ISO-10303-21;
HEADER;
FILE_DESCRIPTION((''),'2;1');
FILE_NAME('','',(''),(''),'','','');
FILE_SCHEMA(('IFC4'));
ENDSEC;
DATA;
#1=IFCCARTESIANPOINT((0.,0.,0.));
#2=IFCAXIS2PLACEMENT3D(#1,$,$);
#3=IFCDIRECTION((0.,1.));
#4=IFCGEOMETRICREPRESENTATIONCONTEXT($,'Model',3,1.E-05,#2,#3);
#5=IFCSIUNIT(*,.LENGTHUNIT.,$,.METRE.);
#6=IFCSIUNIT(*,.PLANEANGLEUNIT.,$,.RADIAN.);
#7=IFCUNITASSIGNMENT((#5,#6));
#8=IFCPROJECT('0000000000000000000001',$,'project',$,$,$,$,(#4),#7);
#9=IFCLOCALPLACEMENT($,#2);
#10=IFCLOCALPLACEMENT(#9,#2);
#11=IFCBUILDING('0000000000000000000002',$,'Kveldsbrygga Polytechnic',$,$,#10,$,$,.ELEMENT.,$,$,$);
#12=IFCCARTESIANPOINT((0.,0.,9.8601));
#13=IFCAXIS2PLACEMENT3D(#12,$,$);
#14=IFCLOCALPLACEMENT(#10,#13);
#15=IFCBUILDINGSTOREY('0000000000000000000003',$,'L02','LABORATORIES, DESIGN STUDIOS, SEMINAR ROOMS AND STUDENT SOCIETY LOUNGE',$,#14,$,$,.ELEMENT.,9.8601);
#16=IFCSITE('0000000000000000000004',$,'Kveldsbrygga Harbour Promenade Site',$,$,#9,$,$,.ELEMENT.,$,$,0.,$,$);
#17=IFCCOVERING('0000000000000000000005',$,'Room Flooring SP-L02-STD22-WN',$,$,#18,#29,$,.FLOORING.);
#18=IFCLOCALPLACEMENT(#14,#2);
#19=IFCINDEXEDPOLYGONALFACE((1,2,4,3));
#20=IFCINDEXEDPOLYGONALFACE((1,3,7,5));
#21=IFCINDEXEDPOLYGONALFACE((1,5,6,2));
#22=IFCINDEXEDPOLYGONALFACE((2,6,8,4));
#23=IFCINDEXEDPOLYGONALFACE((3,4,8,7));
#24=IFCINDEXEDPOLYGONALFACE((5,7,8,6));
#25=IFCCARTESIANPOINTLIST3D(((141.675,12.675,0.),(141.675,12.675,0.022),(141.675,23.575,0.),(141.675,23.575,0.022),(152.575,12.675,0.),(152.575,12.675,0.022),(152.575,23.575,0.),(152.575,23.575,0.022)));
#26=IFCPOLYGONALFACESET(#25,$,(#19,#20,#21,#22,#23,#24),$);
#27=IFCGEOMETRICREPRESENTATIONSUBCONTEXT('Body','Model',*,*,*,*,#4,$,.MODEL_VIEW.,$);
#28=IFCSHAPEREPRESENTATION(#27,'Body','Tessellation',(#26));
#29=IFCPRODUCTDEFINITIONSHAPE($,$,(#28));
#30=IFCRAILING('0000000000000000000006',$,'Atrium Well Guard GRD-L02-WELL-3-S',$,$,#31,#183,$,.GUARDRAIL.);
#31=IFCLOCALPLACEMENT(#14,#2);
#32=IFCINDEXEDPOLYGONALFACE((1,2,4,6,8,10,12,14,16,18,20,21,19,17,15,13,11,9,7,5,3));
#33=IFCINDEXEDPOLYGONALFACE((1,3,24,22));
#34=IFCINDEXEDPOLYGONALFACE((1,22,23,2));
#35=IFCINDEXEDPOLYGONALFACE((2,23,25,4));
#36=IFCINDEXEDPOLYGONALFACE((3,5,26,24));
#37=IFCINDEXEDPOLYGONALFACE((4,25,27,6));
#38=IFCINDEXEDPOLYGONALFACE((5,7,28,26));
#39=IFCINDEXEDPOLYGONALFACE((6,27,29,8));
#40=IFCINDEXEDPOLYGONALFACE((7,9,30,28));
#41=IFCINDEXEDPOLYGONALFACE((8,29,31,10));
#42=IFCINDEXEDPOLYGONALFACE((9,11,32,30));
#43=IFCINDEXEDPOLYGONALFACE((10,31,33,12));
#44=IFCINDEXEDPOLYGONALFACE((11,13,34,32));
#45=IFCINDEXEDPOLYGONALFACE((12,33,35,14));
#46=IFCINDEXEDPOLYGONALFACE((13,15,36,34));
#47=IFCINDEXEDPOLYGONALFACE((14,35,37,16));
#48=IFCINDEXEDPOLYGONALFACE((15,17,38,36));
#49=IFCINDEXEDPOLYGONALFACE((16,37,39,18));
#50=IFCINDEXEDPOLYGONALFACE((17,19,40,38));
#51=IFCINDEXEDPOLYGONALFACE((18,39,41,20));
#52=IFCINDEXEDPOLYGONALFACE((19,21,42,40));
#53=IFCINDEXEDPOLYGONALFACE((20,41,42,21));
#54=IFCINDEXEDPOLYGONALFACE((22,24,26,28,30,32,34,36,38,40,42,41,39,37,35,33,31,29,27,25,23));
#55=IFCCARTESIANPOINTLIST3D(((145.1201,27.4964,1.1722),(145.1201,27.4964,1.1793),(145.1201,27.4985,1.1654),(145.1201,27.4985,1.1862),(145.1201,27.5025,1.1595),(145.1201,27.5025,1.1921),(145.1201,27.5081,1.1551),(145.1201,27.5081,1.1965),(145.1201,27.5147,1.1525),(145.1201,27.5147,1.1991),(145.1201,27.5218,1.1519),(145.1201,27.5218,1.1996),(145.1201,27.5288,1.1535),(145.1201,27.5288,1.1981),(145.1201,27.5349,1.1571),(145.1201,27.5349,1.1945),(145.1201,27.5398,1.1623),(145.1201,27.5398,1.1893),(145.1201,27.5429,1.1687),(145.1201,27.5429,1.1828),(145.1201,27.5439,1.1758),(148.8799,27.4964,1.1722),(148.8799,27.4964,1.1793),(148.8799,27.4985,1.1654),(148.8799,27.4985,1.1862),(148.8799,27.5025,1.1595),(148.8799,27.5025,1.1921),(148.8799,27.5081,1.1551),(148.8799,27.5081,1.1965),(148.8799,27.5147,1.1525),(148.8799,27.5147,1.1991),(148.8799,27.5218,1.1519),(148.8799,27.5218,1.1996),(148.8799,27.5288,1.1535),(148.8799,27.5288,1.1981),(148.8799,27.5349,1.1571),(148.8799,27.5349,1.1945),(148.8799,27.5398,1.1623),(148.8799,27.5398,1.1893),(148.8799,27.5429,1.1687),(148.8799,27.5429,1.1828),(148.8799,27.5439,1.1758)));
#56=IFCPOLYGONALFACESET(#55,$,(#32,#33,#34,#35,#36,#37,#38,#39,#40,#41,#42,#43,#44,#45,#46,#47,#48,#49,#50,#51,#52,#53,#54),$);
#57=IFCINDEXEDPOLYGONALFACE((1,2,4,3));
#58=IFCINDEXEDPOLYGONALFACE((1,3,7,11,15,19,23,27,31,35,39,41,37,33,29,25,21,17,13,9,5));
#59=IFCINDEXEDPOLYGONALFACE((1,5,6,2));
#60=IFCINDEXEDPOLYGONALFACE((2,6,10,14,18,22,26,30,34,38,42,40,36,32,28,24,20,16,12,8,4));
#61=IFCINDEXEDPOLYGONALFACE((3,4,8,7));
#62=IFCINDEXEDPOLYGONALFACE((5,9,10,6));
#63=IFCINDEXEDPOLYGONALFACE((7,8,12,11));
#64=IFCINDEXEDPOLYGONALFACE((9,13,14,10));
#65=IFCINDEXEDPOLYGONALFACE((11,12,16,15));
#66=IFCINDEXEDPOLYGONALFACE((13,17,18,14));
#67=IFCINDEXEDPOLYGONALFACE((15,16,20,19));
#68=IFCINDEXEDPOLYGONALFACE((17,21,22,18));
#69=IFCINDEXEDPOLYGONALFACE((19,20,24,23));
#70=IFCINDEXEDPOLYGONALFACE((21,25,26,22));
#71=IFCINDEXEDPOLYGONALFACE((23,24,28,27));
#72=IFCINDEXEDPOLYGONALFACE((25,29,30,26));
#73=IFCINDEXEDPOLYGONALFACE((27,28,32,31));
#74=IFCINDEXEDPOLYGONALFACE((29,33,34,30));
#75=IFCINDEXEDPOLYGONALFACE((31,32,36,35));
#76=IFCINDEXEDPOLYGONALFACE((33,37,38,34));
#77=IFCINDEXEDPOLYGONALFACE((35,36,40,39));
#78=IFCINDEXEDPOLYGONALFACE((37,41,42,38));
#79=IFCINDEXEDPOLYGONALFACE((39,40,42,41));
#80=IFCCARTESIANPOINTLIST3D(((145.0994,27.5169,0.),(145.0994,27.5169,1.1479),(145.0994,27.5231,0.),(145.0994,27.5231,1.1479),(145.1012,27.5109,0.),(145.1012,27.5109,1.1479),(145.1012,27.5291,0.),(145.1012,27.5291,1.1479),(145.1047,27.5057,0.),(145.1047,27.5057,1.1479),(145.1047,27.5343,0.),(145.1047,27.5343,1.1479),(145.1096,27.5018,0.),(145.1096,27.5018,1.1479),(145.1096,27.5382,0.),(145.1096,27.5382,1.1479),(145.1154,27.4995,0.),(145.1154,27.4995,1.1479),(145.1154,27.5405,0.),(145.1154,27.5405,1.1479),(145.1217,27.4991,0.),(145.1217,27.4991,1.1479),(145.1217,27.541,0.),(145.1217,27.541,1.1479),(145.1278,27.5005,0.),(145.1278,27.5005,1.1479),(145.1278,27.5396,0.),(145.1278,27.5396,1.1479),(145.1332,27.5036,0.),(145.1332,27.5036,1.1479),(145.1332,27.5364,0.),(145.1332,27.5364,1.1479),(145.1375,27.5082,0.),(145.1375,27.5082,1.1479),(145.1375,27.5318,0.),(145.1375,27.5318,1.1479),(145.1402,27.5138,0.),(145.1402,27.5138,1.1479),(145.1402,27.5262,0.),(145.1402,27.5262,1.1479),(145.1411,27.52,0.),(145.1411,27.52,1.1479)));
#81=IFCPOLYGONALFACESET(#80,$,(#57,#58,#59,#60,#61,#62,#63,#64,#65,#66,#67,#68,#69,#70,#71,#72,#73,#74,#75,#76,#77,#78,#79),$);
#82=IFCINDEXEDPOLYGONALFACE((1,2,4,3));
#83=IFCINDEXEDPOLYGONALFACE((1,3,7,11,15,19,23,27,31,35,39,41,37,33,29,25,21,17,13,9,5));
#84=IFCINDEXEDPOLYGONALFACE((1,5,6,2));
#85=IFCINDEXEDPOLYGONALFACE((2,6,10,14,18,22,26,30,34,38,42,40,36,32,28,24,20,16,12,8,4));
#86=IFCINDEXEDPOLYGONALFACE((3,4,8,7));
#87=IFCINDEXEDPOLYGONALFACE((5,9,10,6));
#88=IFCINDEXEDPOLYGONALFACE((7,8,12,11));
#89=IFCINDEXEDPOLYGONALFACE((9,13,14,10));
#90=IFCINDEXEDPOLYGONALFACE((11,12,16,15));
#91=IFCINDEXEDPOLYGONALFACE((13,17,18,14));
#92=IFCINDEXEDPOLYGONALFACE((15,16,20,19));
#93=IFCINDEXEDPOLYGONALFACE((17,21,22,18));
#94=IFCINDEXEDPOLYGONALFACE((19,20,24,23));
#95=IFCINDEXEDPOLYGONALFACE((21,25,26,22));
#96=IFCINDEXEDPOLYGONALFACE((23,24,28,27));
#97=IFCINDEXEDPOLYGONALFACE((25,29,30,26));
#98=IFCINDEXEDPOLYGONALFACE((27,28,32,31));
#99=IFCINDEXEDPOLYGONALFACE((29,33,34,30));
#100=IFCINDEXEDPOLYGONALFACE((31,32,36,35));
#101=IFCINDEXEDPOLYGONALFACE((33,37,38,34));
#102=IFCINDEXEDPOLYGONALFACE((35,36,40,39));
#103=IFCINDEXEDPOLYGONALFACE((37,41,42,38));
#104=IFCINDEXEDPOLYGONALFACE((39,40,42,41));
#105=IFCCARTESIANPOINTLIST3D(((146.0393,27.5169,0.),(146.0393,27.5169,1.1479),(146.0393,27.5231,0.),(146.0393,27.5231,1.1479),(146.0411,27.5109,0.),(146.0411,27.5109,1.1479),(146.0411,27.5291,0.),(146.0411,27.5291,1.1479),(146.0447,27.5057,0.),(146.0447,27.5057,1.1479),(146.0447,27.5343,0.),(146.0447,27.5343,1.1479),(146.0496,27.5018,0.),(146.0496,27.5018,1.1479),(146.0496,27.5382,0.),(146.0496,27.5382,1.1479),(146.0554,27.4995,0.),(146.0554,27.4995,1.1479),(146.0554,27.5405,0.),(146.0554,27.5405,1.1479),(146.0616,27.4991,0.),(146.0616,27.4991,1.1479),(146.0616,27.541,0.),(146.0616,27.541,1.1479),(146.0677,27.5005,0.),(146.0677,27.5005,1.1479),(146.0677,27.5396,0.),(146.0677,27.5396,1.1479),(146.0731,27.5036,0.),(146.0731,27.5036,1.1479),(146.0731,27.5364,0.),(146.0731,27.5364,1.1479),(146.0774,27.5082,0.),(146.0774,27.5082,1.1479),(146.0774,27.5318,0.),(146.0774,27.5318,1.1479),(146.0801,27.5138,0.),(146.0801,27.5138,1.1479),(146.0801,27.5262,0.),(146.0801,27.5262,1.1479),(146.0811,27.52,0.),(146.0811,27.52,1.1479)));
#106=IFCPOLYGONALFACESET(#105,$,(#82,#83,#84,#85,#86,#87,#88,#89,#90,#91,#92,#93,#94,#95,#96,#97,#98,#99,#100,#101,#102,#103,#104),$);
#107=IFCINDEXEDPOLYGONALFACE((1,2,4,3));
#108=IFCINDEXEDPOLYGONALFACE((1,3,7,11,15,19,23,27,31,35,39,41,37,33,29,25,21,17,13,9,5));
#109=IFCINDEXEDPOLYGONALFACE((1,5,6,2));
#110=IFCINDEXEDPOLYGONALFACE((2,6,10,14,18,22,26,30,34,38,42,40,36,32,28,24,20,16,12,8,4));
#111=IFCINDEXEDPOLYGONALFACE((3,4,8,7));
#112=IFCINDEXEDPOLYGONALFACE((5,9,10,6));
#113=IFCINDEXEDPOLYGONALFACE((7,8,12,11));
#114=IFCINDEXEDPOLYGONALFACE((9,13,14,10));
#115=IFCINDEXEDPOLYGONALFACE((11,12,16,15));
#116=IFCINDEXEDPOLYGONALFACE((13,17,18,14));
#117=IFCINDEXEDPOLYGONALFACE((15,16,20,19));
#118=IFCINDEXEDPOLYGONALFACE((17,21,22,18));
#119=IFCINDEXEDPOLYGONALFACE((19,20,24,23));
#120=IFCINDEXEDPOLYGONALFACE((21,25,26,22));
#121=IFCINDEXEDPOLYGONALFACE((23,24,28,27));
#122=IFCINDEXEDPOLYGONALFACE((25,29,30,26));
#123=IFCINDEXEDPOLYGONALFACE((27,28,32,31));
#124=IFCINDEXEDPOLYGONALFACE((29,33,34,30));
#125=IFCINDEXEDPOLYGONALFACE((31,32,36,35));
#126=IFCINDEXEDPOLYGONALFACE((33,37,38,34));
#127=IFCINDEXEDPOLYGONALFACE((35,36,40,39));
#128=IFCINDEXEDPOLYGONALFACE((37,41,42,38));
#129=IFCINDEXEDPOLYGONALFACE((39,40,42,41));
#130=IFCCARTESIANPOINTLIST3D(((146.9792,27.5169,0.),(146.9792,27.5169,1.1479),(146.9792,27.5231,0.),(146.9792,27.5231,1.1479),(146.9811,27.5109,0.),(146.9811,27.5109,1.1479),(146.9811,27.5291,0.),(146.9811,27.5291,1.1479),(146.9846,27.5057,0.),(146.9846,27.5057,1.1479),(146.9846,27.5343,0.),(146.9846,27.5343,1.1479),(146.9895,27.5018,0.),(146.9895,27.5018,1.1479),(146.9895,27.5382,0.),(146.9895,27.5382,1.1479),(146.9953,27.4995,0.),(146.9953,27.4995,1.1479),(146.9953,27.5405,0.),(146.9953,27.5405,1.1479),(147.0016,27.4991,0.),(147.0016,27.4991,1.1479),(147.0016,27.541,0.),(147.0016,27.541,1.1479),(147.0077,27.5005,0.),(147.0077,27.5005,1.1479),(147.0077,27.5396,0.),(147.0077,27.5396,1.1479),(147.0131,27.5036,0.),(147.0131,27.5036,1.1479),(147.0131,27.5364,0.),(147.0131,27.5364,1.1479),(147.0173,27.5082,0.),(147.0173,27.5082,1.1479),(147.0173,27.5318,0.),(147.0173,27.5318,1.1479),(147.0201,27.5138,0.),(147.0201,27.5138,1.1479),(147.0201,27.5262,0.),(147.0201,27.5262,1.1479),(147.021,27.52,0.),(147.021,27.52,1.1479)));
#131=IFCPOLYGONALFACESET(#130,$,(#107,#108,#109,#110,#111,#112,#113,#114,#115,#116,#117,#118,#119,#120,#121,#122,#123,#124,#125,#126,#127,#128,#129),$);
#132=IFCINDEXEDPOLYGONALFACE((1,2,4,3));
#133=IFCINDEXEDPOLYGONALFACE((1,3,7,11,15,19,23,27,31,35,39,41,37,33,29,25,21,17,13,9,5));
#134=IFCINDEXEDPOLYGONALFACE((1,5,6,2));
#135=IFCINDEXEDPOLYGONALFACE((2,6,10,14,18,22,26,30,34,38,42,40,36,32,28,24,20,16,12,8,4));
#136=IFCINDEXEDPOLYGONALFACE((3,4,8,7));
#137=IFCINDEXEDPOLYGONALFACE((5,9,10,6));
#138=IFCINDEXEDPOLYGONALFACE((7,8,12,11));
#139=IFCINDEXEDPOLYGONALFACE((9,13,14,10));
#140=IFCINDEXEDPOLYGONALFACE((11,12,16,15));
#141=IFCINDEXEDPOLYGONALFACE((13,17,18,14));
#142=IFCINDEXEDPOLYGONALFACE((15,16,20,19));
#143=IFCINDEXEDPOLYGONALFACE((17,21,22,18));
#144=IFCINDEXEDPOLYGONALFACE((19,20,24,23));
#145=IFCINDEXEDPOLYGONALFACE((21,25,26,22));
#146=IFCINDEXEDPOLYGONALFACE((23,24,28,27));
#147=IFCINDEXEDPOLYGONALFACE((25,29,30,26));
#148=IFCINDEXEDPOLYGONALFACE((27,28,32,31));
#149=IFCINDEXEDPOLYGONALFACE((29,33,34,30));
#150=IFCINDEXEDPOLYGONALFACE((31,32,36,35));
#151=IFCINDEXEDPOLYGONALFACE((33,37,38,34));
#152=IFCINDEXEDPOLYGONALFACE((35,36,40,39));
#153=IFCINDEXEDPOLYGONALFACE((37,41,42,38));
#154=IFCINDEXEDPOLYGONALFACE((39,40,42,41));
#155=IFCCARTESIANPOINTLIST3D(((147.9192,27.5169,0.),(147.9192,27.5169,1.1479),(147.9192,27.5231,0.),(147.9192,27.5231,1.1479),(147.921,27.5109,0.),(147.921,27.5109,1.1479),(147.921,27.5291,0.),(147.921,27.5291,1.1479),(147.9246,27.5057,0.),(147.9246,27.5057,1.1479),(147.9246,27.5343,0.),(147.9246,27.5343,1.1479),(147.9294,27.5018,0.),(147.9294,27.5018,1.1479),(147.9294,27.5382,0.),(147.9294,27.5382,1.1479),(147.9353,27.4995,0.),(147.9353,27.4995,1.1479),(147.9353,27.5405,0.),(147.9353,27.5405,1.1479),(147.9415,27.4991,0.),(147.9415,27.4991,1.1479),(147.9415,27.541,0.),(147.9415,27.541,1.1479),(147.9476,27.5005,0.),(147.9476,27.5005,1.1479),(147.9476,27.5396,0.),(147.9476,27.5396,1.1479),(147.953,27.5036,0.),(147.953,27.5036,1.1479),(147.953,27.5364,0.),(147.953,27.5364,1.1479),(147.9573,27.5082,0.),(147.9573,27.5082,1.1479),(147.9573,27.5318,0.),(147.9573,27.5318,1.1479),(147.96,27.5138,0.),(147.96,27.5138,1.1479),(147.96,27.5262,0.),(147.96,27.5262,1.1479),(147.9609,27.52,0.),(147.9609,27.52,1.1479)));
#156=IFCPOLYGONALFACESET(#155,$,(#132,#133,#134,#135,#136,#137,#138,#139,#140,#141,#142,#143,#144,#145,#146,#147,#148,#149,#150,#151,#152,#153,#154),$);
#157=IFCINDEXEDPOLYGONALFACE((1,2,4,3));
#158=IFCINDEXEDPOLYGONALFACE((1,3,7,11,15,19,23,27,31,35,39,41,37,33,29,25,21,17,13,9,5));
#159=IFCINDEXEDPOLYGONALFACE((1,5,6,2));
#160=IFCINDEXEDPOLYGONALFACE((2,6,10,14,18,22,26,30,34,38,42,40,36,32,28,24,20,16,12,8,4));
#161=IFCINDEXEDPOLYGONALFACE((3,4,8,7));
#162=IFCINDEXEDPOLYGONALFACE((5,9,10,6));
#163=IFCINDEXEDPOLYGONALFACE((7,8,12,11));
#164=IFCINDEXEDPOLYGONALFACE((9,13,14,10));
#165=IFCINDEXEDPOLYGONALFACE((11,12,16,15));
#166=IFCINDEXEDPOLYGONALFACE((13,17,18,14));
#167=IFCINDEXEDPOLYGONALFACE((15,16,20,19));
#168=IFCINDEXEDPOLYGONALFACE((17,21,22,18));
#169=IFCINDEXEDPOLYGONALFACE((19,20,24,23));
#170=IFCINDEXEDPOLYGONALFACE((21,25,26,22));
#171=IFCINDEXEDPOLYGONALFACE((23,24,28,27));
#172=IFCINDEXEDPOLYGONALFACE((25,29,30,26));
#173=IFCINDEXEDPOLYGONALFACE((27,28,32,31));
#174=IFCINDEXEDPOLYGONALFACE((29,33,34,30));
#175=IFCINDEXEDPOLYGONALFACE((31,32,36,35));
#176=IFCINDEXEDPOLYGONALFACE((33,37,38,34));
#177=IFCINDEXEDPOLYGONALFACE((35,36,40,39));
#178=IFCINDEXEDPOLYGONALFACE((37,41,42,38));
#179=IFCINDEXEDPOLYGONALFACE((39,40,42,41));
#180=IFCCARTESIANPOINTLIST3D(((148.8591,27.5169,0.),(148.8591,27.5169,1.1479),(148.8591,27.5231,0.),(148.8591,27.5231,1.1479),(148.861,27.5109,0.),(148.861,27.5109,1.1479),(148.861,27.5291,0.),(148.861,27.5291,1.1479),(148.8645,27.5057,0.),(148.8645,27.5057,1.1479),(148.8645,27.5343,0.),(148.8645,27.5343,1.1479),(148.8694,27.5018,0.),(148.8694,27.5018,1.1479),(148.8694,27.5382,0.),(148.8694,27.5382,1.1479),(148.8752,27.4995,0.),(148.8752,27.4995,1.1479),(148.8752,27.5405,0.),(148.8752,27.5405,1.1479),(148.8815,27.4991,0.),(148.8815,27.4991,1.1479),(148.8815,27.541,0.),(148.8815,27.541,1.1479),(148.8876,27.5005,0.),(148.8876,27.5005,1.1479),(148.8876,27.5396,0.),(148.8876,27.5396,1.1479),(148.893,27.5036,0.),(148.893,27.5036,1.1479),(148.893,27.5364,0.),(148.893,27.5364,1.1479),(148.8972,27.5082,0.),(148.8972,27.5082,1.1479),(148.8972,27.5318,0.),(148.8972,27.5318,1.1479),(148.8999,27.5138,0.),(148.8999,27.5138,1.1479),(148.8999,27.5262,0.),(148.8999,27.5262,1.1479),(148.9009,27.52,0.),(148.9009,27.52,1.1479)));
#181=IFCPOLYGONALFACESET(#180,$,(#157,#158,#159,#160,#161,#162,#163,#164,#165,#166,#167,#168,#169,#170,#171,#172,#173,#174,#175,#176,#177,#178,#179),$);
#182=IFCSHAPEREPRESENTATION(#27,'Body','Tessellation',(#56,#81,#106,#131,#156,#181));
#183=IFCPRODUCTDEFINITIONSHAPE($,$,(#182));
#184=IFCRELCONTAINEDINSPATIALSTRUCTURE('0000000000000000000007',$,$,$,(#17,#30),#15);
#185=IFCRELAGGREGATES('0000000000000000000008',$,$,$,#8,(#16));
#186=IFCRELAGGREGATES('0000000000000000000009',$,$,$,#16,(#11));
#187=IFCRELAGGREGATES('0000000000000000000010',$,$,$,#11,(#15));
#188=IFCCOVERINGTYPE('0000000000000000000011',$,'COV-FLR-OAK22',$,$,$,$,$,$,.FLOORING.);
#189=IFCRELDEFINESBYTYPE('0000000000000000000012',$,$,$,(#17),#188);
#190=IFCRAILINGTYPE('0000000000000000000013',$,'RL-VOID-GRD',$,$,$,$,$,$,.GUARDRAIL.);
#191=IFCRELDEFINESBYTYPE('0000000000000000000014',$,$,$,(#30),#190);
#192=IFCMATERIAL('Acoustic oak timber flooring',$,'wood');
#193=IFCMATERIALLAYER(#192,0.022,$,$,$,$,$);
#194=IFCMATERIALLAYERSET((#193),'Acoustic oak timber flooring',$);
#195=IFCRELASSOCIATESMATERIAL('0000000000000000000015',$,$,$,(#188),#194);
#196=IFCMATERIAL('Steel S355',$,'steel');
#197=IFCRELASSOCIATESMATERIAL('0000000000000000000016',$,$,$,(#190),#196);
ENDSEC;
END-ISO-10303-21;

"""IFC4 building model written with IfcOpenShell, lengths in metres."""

from ifc_helpers import new_model, si_unit, direction, frame, origin, origin_2d, place, context, subcontext, project, spatial, rectangle, circle, extrude, material, layer, layer_set, type_object, element, save


model = new_model("IFC4")

# Units and contexts
model_context = context("Model", 3, precision=1e-05, world=origin(), true_north=direction((0.0, 1.0)))
body_context = subcontext(model_context, "Body", "Model", "MODEL_VIEW")
ifc_project = project(units=[si_unit("LENGTHUNIT", "METRE"), si_unit("PLANEANGLEUNIT", "RADIAN")], contexts=[model_context])

# Site, building, storey
site_placement = place(None, origin())
site = spatial("IfcSite", under=ifc_project, at=site_placement, Name="Kveldsbrygga Harbour Promenade Site", CompositionType="ELEMENT", RefElevation=0.0)
building_placement = place(site_placement, origin())
building = spatial("IfcBuilding", under=site, at=building_placement, Name="Kveldsbrygga Polytechnic", CompositionType="ELEMENT")
storey_placement = place(building_placement, frame((0.0, 0.0, 9.8601)))
storey = spatial("IfcBuildingStorey", under=building, at=storey_placement, Name="L02", Description="LABORATORIES, DESIGN STUDIOS, SEMINAR ROOMS AND STUDENT SOCIETY LOUNGE", CompositionType="ELEMENT", Elevation=9.8601)

# Shared definitions
ifc_material_1 = material(Name="Steel S355", Category="steel")

# Covering
ifc_material_2 = material(Name="Acoustic oak timber flooring", Category="wood")
ifc_layer_1 = layer(ifc_material_2, 0.022)
ifc_layer_set_1 = layer_set([ifc_layer_1], Name="Acoustic oak timber flooring")
covering_type_1 = type_object("IfcCoveringType", Name="COV-FLR-OAK22", PredefinedType="FLOORING", material=ifc_layer_set_1)
covering_1_placement = place(storey_placement, frame((147.125, 18.125, 0.0), z_axis=(0.0, 0.0, 1.0), x_axis=(1.0, 0.0, 0.0)))
element("IfcCovering", 1, at=covering_1_placement, inside=storey, type_object=covering_type_1, Name="Room Flooring SP-L02-STD22-WN", PredefinedType="FLOORING", context=body_context, shape_type="SweptSolid", body=[
    extrude(rectangle(XDim=10.8999, YDim=10.8999, at=origin_2d()), origin(), (0.0, 0.0, 1.0), 0.022),
])

# Railing
railing_type = type_object("IfcRailingType", Name="RL-VOID-GRD", PredefinedType="GUARDRAIL", material=ifc_material_1)
railing_1_placement = place(storey_placement, frame((145.1201, 27.52, 0.0)))
element("IfcRailing", 2, at=railing_1_placement, inside=storey, type_object=railing_type, Name="Atrium Well Guard GRD-L02-WELL-3-S", PredefinedType="GUARDRAIL", context=body_context, shape_type="SweptSolid", body=[
    extrude(circle(Radius=0.0239, at=origin_2d()), frame((0.0, 0.0, 1.1758), z_axis=(1.0, 0.0, 0.0), x_axis=(0.0, 1.0, 0.0)), (0.0, 0.0, 1.0), 3.7598),
    extrude(circle(Radius=0.021, at=origin_2d()), origin(), (0.0, 0.0, 1.0), 1.1479),
    extrude(circle(Radius=0.021, at=origin_2d()), frame((0.9399, 0.0, 0.0)), (0.0, 0.0, 1.0), 1.1479),
    extrude(circle(Radius=0.021, at=origin_2d()), frame((1.8799, 0.0, 0.0)), (0.0, 0.0, 1.0), 1.1479),
    extrude(circle(Radius=0.021, at=origin_2d()), frame((2.8198, 0.0, 0.0)), (0.0, 0.0, 1.0), 1.1479),
    extrude(circle(Radius=0.021, at=origin_2d()), frame((3.7598, 0.0, 0.0)), (0.0, 0.0, 1.0), 1.1479),
])

save(model, "model.ifc")
